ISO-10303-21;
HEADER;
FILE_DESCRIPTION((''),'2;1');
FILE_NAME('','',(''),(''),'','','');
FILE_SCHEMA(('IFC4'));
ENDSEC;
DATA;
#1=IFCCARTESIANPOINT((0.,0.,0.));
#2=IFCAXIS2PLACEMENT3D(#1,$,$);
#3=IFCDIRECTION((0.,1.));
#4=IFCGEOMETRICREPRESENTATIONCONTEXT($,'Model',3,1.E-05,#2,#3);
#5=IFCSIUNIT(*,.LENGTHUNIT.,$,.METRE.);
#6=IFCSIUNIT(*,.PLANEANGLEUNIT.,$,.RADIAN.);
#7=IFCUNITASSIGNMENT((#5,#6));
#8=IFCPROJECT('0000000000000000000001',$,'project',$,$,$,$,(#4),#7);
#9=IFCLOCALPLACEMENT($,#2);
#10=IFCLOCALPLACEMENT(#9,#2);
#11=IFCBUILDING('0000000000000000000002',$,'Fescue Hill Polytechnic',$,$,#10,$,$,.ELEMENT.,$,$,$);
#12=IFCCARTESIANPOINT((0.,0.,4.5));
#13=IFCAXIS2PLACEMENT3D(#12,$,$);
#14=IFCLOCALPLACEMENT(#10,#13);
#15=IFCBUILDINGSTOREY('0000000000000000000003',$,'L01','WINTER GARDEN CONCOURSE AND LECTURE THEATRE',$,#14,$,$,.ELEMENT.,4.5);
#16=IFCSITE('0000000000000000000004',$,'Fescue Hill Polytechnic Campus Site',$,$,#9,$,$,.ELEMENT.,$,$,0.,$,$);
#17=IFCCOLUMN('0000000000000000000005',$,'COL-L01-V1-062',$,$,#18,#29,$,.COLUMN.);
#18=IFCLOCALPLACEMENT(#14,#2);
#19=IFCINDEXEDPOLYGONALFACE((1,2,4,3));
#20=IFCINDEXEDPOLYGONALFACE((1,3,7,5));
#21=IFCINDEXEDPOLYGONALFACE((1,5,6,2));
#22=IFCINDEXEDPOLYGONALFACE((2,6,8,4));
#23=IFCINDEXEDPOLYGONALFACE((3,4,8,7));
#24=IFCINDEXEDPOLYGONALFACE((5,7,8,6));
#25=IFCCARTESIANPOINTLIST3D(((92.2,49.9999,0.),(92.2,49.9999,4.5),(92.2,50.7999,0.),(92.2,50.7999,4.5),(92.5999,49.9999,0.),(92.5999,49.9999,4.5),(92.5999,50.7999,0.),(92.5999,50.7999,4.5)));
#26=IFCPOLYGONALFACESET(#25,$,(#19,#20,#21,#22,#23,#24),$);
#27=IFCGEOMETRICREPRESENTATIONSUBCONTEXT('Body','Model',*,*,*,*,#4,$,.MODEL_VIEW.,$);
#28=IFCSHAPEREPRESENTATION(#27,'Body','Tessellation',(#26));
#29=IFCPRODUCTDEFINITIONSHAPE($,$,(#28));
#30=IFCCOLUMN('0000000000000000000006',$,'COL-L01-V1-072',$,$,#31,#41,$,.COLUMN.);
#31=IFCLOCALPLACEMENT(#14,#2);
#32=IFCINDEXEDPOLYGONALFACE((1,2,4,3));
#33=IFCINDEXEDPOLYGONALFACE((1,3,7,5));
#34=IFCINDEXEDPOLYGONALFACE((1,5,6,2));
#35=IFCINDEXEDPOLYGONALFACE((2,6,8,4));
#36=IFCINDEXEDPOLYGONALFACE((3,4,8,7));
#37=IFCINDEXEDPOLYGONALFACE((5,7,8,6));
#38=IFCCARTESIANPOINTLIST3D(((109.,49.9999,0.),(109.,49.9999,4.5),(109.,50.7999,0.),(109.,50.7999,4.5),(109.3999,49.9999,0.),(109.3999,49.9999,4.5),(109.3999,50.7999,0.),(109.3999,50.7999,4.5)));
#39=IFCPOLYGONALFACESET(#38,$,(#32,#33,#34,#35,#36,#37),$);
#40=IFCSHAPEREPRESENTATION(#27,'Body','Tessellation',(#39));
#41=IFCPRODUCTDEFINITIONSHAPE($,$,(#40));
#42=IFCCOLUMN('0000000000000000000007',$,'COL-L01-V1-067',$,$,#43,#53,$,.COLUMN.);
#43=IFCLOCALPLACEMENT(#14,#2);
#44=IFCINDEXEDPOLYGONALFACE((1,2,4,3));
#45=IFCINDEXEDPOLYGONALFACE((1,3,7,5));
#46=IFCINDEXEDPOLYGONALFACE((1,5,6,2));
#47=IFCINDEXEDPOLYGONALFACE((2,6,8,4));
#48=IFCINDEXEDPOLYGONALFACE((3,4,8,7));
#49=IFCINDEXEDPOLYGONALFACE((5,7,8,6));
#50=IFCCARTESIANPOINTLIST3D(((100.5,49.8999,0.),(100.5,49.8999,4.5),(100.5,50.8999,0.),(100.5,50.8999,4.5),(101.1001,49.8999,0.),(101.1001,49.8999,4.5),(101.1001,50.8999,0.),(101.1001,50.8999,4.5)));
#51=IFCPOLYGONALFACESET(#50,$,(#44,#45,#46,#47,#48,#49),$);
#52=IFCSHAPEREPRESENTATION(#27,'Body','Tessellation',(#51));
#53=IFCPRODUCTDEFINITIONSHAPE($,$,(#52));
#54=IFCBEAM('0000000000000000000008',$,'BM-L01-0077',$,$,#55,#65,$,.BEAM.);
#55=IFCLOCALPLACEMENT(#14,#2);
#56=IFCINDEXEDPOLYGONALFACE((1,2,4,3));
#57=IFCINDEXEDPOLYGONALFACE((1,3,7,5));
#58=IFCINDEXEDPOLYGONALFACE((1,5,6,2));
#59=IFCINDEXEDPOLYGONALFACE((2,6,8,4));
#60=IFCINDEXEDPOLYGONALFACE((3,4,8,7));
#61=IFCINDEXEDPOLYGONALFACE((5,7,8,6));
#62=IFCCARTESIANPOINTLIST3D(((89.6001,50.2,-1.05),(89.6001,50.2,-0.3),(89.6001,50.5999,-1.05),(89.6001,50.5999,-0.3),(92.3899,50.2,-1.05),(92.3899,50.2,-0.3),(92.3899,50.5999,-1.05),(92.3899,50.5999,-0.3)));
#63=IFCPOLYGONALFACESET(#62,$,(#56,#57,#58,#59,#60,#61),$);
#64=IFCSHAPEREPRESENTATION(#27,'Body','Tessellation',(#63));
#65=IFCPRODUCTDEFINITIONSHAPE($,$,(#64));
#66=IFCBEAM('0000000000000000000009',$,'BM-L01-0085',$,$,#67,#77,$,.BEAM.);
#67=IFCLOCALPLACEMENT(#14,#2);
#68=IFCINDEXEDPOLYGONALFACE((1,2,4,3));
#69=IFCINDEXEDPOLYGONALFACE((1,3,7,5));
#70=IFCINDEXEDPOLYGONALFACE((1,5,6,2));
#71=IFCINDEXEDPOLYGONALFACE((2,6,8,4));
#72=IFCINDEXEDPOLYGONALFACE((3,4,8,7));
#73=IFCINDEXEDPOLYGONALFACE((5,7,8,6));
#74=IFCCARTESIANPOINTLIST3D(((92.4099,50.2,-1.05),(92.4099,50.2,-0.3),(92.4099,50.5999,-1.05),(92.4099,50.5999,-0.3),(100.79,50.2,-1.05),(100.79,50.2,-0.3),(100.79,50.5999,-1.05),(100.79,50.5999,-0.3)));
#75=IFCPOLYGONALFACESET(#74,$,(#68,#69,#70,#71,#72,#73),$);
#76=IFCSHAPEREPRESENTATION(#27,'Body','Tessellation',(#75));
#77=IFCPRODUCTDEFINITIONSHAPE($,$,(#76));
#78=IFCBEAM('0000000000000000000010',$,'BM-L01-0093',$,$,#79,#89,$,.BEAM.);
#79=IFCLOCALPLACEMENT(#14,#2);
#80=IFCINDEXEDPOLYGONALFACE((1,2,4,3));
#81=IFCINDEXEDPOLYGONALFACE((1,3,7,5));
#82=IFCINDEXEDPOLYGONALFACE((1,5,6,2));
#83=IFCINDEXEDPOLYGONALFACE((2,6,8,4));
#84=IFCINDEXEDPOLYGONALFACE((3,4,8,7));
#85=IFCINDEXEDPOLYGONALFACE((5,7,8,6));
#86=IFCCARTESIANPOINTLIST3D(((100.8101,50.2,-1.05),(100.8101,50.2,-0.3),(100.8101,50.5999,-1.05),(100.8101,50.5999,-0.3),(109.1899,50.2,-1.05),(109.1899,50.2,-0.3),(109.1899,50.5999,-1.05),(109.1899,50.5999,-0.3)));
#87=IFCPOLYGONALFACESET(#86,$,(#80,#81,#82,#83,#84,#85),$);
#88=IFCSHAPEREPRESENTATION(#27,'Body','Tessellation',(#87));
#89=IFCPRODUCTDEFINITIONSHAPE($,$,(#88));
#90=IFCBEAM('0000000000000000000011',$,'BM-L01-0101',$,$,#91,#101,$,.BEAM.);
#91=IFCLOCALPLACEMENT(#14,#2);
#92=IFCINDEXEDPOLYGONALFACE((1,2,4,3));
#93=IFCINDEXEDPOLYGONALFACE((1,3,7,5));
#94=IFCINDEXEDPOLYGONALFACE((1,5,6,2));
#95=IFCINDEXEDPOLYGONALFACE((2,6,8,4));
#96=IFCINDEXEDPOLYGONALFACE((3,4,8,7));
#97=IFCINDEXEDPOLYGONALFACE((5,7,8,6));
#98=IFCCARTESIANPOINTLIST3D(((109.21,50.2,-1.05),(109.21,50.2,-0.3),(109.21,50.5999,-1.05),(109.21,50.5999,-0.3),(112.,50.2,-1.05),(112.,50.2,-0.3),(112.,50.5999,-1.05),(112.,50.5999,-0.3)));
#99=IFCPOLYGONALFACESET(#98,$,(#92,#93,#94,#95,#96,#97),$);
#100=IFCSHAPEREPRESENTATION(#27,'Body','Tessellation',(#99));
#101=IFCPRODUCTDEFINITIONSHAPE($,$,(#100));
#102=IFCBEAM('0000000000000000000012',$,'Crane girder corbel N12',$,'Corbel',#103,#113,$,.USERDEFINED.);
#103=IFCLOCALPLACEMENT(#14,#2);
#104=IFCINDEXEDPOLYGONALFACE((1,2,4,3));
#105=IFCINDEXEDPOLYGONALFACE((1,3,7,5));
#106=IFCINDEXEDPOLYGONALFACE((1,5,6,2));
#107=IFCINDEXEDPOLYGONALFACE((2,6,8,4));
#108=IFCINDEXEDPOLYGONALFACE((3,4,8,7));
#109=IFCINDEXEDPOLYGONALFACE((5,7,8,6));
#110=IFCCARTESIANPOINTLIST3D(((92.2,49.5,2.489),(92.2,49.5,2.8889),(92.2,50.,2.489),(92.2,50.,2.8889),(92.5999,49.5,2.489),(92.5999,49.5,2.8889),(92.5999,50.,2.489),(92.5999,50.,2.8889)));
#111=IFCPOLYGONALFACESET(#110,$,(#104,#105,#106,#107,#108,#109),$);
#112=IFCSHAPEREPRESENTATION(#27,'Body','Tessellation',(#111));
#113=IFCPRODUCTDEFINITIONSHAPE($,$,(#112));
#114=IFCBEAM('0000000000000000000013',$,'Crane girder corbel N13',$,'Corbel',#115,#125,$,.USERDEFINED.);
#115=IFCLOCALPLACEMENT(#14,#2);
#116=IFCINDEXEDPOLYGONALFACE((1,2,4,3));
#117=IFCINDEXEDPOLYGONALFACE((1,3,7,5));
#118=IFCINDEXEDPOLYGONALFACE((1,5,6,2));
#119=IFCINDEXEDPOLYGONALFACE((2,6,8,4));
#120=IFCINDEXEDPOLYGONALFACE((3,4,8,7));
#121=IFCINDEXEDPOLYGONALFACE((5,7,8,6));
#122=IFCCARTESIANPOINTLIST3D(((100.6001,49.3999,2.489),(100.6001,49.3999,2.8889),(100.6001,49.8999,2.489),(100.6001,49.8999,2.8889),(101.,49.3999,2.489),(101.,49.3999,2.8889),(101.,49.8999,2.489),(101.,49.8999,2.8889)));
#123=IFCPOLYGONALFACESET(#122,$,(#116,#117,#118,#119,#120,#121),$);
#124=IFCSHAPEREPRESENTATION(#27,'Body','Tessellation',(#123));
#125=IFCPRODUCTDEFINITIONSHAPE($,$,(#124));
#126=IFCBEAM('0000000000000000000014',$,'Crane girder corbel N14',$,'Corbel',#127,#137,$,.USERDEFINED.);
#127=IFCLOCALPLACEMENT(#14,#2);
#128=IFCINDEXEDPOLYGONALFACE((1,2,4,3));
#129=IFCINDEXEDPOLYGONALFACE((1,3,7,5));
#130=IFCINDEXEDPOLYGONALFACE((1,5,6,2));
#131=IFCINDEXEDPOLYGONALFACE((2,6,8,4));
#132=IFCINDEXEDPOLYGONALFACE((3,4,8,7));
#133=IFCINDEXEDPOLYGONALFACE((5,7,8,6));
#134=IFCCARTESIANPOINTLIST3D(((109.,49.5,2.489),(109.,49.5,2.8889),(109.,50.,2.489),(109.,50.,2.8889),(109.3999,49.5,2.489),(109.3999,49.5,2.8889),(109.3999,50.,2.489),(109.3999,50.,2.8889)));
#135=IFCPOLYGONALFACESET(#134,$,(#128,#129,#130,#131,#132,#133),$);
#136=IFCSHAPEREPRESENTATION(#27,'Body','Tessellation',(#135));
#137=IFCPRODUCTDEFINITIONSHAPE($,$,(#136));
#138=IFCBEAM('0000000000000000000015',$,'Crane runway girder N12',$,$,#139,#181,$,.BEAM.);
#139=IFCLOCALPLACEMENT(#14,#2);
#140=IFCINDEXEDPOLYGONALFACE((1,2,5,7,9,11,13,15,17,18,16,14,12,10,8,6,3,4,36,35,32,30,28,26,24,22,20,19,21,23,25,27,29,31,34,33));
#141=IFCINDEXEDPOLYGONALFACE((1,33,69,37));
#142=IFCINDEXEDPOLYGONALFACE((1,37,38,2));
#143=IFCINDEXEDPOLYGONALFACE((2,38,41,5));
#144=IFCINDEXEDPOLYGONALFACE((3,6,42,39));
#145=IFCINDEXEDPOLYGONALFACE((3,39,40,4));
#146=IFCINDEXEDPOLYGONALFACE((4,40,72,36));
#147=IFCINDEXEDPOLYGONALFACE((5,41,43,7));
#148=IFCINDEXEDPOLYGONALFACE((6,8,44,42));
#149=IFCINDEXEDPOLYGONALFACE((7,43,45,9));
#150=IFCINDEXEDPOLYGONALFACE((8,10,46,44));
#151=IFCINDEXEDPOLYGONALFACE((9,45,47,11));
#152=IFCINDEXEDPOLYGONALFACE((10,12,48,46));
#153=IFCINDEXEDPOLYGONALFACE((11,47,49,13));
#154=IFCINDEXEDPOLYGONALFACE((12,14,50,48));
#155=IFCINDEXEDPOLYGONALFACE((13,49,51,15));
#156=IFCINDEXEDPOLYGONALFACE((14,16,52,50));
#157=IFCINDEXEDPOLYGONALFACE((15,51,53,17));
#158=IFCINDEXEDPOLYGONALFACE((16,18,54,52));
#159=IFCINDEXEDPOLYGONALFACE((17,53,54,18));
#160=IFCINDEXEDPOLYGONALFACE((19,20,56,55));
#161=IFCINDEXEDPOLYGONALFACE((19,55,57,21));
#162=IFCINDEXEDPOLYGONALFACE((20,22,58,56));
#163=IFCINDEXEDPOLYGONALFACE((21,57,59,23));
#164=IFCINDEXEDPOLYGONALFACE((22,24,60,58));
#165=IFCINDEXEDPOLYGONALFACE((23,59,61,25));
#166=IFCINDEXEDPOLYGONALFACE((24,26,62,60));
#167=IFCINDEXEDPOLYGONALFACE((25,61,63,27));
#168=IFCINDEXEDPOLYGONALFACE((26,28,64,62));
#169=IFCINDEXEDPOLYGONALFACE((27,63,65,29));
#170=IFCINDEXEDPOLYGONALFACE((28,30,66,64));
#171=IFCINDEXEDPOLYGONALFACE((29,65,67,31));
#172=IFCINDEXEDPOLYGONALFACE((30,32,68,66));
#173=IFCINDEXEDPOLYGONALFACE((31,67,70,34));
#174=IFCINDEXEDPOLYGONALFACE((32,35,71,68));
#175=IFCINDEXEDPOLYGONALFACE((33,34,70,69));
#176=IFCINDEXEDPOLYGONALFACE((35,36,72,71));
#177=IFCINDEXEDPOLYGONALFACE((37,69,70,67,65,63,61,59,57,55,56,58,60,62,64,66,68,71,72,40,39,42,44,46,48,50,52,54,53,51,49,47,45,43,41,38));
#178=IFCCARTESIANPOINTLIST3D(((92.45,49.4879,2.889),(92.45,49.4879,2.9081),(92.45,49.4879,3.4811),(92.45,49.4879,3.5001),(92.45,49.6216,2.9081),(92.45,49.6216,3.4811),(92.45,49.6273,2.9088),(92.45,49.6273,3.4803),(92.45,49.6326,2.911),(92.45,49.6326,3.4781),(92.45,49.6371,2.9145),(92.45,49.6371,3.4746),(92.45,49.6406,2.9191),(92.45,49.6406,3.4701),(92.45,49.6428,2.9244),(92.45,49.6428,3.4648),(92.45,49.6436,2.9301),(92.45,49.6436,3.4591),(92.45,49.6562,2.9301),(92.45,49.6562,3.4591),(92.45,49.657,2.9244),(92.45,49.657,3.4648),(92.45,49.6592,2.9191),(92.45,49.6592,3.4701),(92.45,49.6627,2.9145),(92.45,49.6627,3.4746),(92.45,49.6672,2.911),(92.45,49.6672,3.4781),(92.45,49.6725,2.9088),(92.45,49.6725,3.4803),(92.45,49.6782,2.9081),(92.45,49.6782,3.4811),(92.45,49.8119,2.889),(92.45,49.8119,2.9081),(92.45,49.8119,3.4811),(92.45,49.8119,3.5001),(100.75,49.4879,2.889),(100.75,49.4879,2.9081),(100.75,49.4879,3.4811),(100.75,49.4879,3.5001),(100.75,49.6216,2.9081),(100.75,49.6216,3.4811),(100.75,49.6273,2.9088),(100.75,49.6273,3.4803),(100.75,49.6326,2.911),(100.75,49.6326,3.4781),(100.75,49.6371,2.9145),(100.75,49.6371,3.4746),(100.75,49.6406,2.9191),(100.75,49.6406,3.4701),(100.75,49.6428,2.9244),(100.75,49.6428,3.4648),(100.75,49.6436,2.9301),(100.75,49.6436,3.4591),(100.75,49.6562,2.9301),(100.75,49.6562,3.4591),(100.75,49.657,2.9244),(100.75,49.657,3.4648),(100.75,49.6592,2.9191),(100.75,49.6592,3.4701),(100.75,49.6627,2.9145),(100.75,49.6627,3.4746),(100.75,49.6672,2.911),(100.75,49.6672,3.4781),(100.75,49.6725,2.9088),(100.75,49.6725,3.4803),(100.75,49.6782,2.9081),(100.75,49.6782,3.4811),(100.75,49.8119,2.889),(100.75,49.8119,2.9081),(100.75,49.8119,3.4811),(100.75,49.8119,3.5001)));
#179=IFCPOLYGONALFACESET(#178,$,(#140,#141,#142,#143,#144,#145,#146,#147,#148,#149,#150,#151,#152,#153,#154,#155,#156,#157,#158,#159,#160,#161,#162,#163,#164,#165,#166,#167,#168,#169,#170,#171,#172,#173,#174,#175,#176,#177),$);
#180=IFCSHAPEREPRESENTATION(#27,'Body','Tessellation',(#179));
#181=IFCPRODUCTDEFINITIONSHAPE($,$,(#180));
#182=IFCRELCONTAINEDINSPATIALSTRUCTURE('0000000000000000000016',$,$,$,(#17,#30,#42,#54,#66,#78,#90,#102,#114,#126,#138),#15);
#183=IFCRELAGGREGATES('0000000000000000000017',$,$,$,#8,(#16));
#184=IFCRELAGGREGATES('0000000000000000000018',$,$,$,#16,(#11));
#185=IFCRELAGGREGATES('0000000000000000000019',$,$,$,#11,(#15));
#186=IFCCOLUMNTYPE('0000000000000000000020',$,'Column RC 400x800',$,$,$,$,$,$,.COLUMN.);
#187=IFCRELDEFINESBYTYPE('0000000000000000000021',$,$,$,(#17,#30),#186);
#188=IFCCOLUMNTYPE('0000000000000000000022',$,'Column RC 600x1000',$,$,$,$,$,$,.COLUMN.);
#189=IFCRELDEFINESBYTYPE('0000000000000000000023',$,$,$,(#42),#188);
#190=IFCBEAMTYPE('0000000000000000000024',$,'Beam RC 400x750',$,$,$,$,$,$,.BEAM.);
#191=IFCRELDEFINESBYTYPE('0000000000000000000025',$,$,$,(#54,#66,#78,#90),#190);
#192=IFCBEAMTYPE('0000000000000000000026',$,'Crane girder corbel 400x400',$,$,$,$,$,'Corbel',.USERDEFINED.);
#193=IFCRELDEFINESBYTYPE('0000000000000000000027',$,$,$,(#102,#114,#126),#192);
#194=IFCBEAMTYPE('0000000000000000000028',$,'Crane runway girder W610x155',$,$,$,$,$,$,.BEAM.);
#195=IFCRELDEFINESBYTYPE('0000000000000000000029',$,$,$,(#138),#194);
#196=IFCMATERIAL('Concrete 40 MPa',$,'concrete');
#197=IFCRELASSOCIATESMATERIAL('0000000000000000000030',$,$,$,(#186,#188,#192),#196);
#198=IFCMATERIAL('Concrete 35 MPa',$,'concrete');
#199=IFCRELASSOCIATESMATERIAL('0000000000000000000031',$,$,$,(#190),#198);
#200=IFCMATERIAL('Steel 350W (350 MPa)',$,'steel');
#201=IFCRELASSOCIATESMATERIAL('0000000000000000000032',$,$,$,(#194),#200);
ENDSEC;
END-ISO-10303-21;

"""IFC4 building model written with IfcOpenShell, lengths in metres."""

from ifc_helpers import new_model, si_unit, direction, frame, origin, origin_2d, place, context, subcontext, project, spatial, rectangle, i_section, extrude, material, material_profile, profile_set, type_object, element, save


model = new_model("IFC4")

# Units and contexts
model_context = context("Model", 3, precision=1e-05, world=origin(), true_north=direction((0.0, 1.0)))
body_context = subcontext(model_context, "Body", "Model", "MODEL_VIEW")
ifc_project = project(units=[si_unit("LENGTHUNIT", "METRE"), si_unit("PLANEANGLEUNIT", "RADIAN")], contexts=[model_context])

# Site, building, storey
site_placement = place(None, origin())
site = spatial("IfcSite", under=ifc_project, at=site_placement, Name="Fescue Hill Polytechnic Campus Site", CompositionType="ELEMENT", RefElevation=0.0)
building_placement = place(site_placement, origin())
building = spatial("IfcBuilding", under=site, at=building_placement, Name="Fescue Hill Polytechnic", CompositionType="ELEMENT")
storey_placement = place(building_placement, frame((0.0, 0.0, 4.5)))
storey = spatial("IfcBuildingStorey", under=building, at=storey_placement, Name="L01", Description="WINTER GARDEN CONCOURSE AND LECTURE THEATRE", CompositionType="ELEMENT", Elevation=4.5)

# Columns
ifc_material_1 = material(Name="Concrete 40 MPa", Category="concrete")
ifc_material_profile_1 = material_profile(ifc_material_1, rectangle(XDim=0.3999, YDim=0.8, at=origin_2d()), Name="RC 400x800")
ifc_profile_set_1 = profile_set([ifc_material_profile_1], Name="Concrete 40 MPa")
column_type_1 = type_object("IfcColumnType", Name="Column RC 400x800", PredefinedType="COLUMN", material=ifc_profile_set_1)
for number, where, z_axis, x_axis, name in (
    (1, (92.3999, 50.3999, 0.0), (0.0, 0.0, 1.0), (1.0, 0.0, 0.0), "COL-L01-V1-062"),
    (2, (109.2, 50.3999, 0.0), (0.0, 0.0, 1.0), (1.0, 0.0, 0.0), "COL-L01-V1-072"),
):
    element("IfcColumn", number, at=place(storey_placement, frame(where, z_axis=z_axis, x_axis=x_axis)), inside=storey, type_object=column_type_1, Name=name, PredefinedType="COLUMN", context=body_context, shape_type="SweptSolid", body=[
        extrude(rectangle(XDim=0.3999, YDim=0.8, at=origin_2d()), origin(), (0.0, 0.0, 1.0), 4.5),
    ])
ifc_material_profile_2 = material_profile(ifc_material_1, rectangle(XDim=0.6001, YDim=1.0, at=origin_2d()), Name="RC 600x1000")
ifc_profile_set_2 = profile_set([ifc_material_profile_2], Name="Concrete 40 MPa")
column_type_2 = type_object("IfcColumnType", Name="Column RC 600x1000", PredefinedType="COLUMN", material=ifc_profile_set_2)
column_placement = place(storey_placement, frame((100.8, 50.3999, 0.0), z_axis=(0.0, 0.0, 1.0), x_axis=(1.0, 0.0, 0.0)))
element("IfcColumn", 3, at=column_placement, inside=storey, type_object=column_type_2, Name="COL-L01-V1-067", PredefinedType="COLUMN", context=body_context, shape_type="SweptSolid", body=[
    extrude(rectangle(XDim=0.6001, YDim=1.0, at=origin_2d()), origin(), (0.0, 0.0, 1.0), 4.5),
])

# Beams
ifc_material_2 = material(Name="Concrete 35 MPa", Category="concrete")
ifc_material_profile_3 = material_profile(ifc_material_2, rectangle(XDim=0.3999, YDim=0.75, at=origin_2d()), Name="RC 400x750")
ifc_profile_set_3 = profile_set([ifc_material_profile_3], Name="Concrete 35 MPa")
beam_type_1 = type_object("IfcBeamType", Name="Beam RC 400x750", PredefinedType="BEAM", material=ifc_profile_set_3)
beam_1_placement = place(storey_placement, frame((89.6001, 50.3999, -0.675), z_axis=(1.0, 0.0, 0.0), x_axis=(0.0, 1.0, 0.0)))
element("IfcBeam", 4, at=beam_1_placement, inside=storey, type_object=beam_type_1, Name="BM-L01-0077", PredefinedType="BEAM", context=body_context, shape_type="SweptSolid", body=[
    extrude(rectangle(XDim=0.3999, YDim=0.75, at=origin_2d()), origin(), (0.0, 0.0, 1.0), 2.7898),
])
beam_2_placement = place(storey_placement, frame((92.4099, 50.3999, -0.675), z_axis=(1.0, 0.0, 0.0), x_axis=(0.0, 1.0, 0.0)))
element("IfcBeam", 5, at=beam_2_placement, inside=storey, type_object=beam_type_1, Name="BM-L01-0085", PredefinedType="BEAM", context=body_context, shape_type="SweptSolid", body=[
    extrude(rectangle(XDim=0.3999, YDim=0.75, at=origin_2d()), origin(), (0.0, 0.0, 1.0), 8.3801),
])
beam_3_placement = place(storey_placement, frame((100.8101, 50.3999, -0.675), z_axis=(1.0, 0.0, 0.0), x_axis=(0.0, 1.0, 0.0)))
element("IfcBeam", 6, at=beam_3_placement, inside=storey, type_object=beam_type_1, Name="BM-L01-0093", PredefinedType="BEAM", context=body_context, shape_type="SweptSolid", body=[
    extrude(rectangle(XDim=0.3999, YDim=0.75, at=origin_2d()), origin(), (0.0, 0.0, 1.0), 8.3799),
])
beam_4_placement = place(storey_placement, frame((109.21, 50.3999, -0.675), z_axis=(1.0, 0.0, 0.0), x_axis=(0.0, 1.0, 0.0)))
element("IfcBeam", 7, at=beam_4_placement, inside=storey, type_object=beam_type_1, Name="BM-L01-0101", PredefinedType="BEAM", context=body_context, shape_type="SweptSolid", body=[
    extrude(rectangle(XDim=0.3999, YDim=0.75, at=origin_2d()), origin(), (0.0, 0.0, 1.0), 2.79),
])
ifc_material_profile_4 = material_profile(ifc_material_1, rectangle(XDim=0.3999, YDim=0.3999, at=origin_2d()), Name="Crane girder corbel 400x400")
ifc_profile_set_4 = profile_set([ifc_material_profile_4], Name="Concrete 40 MPa")
beam_type_2 = type_object("IfcBeamType", Name="Crane girder corbel 400x400", ElementType="Corbel", PredefinedType="USERDEFINED", material=ifc_profile_set_4)
for number, where, z_axis, x_axis, name in (
    (8, (92.3999, 50.0, 2.689), (0.0, -1.0, 0.0), (1.0, 0.0, 0.0), "Crane girder corbel N12"),
    (9, (100.8, 49.8999, 2.689), (0.0, -1.0, 0.0), (1.0, 0.0, 0.0), "Crane girder corbel N13"),
    (10, (109.2, 50.0, 2.689), (0.0, -1.0, 0.0), (1.0, 0.0, 0.0), "Crane girder corbel N14"),
):
    element("IfcBeam", number, at=place(storey_placement, frame(where, z_axis=z_axis, x_axis=x_axis)), inside=storey, type_object=beam_type_2, Name=name, ObjectType="Corbel", PredefinedType="USERDEFINED", context=body_context, shape_type="SweptSolid", body=[
        extrude(rectangle(XDim=0.3999, YDim=0.3999, at=origin_2d()), origin(), (0.0, 0.0, 1.0), 0.5),
    ])
ifc_material_3 = material(Name="Steel 350W (350 MPa)", Category="steel")
ifc_material_profile_5 = material_profile(ifc_material_3, i_section(OverallWidth=0.324, OverallDepth=0.6111, WebThickness=0.0127, FlangeThickness=0.019, FilletRadius=0.022, at=origin_2d()), Name="W610x155")
ifc_profile_set_5 = profile_set([ifc_material_profile_5], Name="Steel 350W (350 MPa)")
beam_type_3 = type_object("IfcBeamType", Name="Crane runway girder W610x155", PredefinedType="BEAM", material=ifc_profile_set_5)
beam_5_placement = place(storey_placement, frame((92.45, 49.6499, 3.1946), z_axis=(1.0, 0.0, 0.0), x_axis=(0.0, 1.0, 0.0)))
element("IfcBeam", 11, at=beam_5_placement, inside=storey, type_object=beam_type_3, Name="Crane runway girder N12", PredefinedType="BEAM", context=body_context, shape_type="SweptSolid", body=[
    extrude(i_section(OverallWidth=0.324, OverallDepth=0.6111, WebThickness=0.0127, FlangeThickness=0.019, FilletRadius=0.022, at=origin_2d()), origin(), (0.0, 0.0, 1.0), 8.3),
])

save(model, "model.ifc")
